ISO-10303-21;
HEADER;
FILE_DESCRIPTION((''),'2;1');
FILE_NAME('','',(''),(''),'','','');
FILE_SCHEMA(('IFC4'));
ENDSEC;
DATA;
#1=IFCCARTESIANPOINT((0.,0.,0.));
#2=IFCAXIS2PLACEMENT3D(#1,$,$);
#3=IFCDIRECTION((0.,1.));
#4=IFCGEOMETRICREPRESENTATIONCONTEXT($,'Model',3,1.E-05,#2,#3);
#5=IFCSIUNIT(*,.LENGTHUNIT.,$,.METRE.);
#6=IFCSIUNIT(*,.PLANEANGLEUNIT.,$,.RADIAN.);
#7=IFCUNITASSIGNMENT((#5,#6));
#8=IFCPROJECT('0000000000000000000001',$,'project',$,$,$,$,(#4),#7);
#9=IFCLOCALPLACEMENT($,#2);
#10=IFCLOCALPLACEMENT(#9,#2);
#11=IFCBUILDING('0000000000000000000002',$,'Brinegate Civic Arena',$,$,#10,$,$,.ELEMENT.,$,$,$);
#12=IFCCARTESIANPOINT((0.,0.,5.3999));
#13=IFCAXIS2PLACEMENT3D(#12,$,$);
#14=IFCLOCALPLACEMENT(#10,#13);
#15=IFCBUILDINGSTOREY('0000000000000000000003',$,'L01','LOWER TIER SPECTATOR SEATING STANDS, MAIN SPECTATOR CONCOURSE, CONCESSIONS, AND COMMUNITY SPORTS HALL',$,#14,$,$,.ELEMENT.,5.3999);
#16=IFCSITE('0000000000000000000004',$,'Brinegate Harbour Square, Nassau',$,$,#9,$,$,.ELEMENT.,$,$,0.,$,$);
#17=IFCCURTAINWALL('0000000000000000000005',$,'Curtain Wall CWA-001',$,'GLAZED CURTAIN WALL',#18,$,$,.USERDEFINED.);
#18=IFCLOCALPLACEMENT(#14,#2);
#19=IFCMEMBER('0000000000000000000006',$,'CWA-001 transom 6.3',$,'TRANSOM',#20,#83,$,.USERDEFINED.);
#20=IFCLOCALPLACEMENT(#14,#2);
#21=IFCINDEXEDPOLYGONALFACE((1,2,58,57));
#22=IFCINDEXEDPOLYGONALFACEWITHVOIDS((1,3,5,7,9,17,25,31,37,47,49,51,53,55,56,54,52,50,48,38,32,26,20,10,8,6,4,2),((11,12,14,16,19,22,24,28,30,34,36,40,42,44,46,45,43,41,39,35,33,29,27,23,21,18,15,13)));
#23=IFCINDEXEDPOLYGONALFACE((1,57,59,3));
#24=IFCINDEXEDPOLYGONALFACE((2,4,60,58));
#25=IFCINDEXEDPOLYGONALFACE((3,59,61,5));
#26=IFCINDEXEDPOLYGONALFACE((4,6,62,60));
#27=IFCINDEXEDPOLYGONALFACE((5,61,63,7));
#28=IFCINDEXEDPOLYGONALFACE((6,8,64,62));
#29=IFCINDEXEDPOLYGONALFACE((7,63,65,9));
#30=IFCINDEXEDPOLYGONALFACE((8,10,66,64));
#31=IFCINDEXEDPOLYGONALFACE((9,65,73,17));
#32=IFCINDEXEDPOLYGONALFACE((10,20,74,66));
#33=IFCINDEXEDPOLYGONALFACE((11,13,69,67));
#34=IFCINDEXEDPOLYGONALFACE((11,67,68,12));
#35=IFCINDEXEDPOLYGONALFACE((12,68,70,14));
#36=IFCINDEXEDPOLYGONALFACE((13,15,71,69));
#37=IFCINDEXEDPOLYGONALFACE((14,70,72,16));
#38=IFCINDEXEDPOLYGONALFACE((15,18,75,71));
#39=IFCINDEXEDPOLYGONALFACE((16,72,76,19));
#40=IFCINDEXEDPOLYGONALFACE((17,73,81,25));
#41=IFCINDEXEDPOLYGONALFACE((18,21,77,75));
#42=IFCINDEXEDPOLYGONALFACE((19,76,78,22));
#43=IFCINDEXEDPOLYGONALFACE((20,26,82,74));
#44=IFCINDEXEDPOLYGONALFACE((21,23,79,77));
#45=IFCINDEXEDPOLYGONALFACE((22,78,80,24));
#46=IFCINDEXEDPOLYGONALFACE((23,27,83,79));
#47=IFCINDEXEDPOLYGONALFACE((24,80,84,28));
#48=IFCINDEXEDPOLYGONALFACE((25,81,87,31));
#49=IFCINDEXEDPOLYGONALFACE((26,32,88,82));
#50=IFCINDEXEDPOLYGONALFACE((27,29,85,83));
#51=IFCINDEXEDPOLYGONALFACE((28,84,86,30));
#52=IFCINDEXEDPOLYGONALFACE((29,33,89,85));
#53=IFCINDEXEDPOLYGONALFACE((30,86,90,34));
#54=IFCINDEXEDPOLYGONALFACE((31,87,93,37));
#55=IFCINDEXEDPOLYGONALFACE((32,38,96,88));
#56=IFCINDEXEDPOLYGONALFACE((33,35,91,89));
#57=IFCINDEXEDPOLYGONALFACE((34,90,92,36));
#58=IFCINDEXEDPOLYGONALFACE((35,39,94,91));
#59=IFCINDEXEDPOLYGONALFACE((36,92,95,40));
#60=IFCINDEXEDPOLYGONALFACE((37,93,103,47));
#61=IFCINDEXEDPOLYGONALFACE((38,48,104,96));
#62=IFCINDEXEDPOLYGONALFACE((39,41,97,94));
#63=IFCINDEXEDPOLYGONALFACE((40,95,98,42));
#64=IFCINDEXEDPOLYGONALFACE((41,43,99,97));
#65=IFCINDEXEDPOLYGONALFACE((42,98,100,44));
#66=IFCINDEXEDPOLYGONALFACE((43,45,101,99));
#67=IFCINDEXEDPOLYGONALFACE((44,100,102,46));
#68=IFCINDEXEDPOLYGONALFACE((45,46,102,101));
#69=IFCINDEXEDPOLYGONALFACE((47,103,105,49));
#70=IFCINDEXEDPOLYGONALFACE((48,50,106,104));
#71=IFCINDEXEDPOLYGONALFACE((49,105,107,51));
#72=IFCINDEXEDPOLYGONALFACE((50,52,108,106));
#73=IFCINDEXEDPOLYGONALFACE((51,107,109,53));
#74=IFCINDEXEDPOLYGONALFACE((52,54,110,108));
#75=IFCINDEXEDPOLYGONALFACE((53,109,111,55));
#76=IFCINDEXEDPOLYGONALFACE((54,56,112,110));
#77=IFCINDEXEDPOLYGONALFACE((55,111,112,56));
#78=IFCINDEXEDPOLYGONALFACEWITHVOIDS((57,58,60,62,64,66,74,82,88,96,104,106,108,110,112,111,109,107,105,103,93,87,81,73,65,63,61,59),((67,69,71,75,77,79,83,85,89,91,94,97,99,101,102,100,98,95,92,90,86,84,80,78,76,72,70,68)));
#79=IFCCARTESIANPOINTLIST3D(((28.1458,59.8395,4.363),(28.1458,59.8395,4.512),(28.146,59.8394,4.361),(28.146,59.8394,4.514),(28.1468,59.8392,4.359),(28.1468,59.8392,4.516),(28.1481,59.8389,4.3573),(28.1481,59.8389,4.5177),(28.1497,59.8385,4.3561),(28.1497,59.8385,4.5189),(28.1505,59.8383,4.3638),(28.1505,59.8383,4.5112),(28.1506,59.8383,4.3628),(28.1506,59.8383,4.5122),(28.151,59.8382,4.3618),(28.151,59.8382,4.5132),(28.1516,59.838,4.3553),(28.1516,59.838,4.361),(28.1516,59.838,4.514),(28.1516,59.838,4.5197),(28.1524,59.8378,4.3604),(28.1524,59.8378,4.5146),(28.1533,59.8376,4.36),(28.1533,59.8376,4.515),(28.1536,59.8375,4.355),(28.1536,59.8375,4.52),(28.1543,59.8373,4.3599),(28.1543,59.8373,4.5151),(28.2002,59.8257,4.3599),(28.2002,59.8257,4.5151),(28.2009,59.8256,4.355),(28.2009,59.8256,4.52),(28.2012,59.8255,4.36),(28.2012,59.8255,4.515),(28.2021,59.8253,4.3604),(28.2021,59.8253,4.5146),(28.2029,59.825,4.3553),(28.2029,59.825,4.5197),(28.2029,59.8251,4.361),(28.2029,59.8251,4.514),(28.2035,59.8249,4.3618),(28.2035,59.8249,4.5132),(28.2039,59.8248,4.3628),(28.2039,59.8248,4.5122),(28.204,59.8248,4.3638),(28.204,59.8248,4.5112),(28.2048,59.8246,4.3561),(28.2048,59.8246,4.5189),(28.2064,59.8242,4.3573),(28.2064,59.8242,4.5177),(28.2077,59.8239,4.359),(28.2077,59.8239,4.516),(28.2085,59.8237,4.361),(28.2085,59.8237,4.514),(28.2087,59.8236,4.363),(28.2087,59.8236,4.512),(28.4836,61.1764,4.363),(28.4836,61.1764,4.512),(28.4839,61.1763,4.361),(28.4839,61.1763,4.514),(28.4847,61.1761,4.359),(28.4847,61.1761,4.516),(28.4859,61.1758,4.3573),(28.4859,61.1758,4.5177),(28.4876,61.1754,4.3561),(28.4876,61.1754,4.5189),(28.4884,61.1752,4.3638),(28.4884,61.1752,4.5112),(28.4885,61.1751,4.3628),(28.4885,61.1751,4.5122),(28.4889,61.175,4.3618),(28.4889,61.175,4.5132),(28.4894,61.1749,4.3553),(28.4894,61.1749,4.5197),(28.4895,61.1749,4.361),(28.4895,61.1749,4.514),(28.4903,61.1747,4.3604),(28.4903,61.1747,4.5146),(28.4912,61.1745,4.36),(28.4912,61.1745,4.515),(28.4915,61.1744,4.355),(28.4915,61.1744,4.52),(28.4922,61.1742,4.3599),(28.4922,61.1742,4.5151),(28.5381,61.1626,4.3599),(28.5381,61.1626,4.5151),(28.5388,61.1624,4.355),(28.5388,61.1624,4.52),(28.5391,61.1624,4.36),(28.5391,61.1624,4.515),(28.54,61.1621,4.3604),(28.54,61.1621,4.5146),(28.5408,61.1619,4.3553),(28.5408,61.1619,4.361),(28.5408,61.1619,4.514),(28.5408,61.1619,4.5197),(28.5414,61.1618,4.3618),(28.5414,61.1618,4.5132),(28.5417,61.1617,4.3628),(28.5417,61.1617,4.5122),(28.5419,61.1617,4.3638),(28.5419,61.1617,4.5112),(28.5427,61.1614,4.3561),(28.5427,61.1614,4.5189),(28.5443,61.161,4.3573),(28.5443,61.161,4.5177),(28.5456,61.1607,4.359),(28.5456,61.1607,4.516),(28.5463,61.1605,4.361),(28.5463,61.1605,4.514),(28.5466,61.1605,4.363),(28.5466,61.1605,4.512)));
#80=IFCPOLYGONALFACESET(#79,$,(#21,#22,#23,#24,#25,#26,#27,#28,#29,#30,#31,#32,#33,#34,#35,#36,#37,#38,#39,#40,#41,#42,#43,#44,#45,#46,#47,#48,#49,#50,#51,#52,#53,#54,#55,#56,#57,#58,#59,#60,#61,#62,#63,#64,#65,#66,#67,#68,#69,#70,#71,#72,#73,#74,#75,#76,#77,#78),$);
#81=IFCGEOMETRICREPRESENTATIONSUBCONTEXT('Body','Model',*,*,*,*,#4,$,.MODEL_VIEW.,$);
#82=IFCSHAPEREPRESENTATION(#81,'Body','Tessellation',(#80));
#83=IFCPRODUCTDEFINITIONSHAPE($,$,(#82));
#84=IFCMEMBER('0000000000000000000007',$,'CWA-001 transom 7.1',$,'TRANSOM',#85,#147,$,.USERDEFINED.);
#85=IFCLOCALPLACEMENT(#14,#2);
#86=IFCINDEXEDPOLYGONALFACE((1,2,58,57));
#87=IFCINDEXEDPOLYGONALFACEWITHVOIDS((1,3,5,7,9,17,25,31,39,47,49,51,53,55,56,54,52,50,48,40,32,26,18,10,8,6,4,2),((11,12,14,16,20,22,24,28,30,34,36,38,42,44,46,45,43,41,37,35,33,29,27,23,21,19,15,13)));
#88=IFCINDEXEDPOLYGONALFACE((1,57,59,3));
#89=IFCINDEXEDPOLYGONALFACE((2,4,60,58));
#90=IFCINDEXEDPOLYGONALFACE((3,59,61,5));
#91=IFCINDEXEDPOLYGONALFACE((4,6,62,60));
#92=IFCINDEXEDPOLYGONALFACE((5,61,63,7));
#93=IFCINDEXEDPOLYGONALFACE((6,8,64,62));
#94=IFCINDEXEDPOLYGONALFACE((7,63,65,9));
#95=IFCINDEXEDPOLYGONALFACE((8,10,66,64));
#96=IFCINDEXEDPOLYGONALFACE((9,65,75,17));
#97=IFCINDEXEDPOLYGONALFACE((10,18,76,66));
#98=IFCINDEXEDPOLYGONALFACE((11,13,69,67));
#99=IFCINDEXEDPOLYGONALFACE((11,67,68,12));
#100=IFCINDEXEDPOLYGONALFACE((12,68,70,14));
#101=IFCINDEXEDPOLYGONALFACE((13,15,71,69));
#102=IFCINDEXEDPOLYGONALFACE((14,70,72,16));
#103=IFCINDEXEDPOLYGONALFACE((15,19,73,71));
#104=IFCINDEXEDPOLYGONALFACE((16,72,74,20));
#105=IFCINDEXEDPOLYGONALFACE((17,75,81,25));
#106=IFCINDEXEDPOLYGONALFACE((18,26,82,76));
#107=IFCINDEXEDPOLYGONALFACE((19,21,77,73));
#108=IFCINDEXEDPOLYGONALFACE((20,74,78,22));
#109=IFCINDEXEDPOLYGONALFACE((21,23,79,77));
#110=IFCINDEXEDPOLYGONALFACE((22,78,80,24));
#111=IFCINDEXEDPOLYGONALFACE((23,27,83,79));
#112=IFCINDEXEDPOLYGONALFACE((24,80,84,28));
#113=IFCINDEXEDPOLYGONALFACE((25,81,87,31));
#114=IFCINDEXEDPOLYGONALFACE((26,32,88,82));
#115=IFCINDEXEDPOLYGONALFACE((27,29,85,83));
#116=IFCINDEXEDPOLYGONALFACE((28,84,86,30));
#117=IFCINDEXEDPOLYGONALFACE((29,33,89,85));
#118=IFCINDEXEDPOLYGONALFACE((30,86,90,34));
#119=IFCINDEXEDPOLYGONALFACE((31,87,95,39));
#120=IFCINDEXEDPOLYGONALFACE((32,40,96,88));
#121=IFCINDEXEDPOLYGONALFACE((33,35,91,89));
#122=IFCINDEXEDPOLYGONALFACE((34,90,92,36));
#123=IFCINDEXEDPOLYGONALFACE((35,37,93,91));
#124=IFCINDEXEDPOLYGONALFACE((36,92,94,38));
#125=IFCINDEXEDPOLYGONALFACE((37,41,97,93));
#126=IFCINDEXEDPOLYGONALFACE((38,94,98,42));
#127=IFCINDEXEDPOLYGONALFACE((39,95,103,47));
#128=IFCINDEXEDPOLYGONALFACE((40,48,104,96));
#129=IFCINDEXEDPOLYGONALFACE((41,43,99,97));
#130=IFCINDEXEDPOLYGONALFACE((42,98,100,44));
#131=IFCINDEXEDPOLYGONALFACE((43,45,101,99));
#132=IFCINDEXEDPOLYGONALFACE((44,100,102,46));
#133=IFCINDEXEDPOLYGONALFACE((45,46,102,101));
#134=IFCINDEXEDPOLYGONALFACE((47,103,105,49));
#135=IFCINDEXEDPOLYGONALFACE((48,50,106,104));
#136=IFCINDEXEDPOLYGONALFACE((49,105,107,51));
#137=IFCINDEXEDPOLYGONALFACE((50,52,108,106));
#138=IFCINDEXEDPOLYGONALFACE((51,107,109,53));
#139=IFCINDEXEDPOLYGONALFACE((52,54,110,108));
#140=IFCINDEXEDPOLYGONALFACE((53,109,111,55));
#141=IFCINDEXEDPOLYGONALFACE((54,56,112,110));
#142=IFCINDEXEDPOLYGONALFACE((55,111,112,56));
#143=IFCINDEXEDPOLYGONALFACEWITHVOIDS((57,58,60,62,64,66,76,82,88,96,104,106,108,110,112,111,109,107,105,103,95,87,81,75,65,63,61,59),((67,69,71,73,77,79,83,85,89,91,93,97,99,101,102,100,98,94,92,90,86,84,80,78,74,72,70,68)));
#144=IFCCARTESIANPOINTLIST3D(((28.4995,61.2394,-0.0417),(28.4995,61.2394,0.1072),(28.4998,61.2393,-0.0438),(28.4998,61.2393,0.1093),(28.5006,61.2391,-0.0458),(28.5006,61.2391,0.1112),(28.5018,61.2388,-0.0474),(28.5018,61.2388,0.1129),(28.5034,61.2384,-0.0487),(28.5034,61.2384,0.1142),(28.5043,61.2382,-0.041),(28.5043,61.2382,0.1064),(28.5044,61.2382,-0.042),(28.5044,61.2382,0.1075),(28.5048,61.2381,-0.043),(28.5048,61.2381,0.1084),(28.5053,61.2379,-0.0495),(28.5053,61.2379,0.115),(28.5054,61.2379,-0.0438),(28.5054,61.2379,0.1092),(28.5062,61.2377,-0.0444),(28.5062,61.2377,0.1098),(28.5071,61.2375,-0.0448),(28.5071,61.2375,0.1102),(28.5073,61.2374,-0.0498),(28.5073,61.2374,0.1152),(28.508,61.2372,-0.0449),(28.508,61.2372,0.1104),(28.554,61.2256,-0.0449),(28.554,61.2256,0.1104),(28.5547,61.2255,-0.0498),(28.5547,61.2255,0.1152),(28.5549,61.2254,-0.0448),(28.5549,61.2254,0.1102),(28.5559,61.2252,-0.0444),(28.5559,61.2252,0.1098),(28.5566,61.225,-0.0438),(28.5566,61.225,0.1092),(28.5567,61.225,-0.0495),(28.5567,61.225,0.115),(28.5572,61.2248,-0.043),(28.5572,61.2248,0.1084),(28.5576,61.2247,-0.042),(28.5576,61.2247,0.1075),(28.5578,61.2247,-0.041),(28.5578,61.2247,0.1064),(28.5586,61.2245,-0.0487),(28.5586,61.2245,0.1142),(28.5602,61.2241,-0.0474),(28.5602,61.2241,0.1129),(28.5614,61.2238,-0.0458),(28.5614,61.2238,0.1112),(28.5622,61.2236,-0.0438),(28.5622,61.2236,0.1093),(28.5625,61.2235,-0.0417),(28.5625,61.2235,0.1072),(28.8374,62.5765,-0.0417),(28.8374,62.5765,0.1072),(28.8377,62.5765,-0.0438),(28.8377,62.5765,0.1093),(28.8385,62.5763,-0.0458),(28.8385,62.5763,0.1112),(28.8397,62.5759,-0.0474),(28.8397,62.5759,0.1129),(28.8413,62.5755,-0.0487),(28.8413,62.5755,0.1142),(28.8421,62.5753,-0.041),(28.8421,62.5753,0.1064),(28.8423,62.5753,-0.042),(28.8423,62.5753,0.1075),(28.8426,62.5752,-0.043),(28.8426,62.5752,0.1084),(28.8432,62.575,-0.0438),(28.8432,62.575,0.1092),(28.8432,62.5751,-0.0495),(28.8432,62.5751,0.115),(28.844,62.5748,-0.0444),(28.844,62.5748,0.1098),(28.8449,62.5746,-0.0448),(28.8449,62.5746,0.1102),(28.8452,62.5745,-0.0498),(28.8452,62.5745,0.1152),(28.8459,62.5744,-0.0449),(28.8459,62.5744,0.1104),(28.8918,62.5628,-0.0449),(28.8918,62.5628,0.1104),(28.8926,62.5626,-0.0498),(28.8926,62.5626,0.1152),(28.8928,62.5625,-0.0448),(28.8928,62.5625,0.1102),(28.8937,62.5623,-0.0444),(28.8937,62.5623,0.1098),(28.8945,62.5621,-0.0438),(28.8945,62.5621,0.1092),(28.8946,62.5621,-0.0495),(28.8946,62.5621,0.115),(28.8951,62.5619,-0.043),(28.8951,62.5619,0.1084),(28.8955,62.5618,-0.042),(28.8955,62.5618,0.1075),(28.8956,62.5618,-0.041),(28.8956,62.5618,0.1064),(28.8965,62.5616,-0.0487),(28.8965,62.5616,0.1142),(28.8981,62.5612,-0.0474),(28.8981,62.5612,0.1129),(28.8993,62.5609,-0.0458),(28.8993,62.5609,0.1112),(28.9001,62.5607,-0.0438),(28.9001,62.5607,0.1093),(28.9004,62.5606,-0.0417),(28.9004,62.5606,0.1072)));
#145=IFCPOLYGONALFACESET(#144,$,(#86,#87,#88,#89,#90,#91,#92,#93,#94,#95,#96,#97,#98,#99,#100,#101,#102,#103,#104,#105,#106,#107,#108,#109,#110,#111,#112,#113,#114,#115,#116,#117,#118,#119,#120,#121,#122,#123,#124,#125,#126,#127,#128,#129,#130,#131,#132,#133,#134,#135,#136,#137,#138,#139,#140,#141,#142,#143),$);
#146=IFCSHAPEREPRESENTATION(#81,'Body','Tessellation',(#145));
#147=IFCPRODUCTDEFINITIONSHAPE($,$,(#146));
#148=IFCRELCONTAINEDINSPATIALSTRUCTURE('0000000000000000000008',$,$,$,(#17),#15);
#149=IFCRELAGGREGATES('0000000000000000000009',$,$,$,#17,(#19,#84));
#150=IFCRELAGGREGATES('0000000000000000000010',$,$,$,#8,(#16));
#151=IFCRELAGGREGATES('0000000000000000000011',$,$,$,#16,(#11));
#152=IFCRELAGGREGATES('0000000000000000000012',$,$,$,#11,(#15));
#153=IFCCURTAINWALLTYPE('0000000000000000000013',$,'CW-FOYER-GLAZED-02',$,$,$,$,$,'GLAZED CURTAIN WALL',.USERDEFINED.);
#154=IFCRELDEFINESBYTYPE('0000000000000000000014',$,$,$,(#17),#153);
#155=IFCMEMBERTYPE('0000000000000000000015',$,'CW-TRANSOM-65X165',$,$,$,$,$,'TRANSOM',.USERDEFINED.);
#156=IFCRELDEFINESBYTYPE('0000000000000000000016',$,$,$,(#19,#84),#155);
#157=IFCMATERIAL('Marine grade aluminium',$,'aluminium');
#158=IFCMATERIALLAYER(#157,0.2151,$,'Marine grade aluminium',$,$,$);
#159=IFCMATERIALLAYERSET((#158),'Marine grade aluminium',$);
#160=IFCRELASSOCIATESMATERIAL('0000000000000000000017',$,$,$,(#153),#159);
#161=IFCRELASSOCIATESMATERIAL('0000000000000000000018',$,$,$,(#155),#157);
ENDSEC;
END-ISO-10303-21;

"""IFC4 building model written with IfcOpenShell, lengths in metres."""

from ifc_helpers import new_model, si_unit, direction, frame, origin, origin_2d, place, context, subcontext, project, spatial, hollow_rectangle, extrude, material, layer, layer_set, material_profile, profile_set, type_object, element, aggregate, save


model = new_model("IFC4")

# Units and contexts
model_context = context("Model", 3, precision=1e-05, world=origin(), true_north=direction((0.0, 1.0)))
body_context = subcontext(model_context, "Body", "Model", "MODEL_VIEW")
ifc_project = project(units=[si_unit("LENGTHUNIT", "METRE"), si_unit("PLANEANGLEUNIT", "RADIAN")], contexts=[model_context])

# Site, building, storey
site_placement = place(None, origin())
site = spatial("IfcSite", under=ifc_project, at=site_placement, Name="Brinegate Harbour Square, Nassau", CompositionType="ELEMENT", RefElevation=0.0)
building_placement = place(site_placement, origin())
building = spatial("IfcBuilding", under=site, at=building_placement, Name="Brinegate Civic Arena", CompositionType="ELEMENT")
storey_placement = place(building_placement, frame((0.0, 0.0, 5.3999)))
storey = spatial("IfcBuildingStorey", under=building, at=storey_placement, Name="L01", Description="LOWER TIER SPECTATOR SEATING STANDS, MAIN SPECTATOR CONCOURSE, CONCESSIONS, AND COMMUNITY SPORTS HALL", CompositionType="ELEMENT", Elevation=5.3999)

# Curtain wall, members
ifc_material_1 = material(Name="Marine grade aluminium", Category="aluminium")
ifc_layer_1 = layer(ifc_material_1, 0.2151, Name="Marine grade aluminium")
ifc_layer_set_1 = layer_set([ifc_layer_1], Name="Marine grade aluminium")
curtain_wall_type = type_object("IfcCurtainWallType", Name="CW-FOYER-GLAZED-02", ElementType="GLAZED CURTAIN WALL", PredefinedType="USERDEFINED", material=ifc_layer_set_1)
curtain_wall_placement = place(storey_placement, origin())
curtain_wall = element("IfcCurtainWall", 1, at=curtain_wall_placement, inside=storey, type_object=curtain_wall_type, Name="Curtain Wall CWA-001", ObjectType="GLAZED CURTAIN WALL", PredefinedType="USERDEFINED")
ifc_material_profile_1 = material_profile(ifc_material_1, hollow_rectangle(XDim=0.0649, YDim=0.165, WallThickness=0.0049, InnerFilletRadius=0.0039, OuterFilletRadius=0.0081, at=origin_2d()), Name="TRN65X165")
ifc_profile_set_1 = profile_set([ifc_material_profile_1], Name="Marine grade aluminium")
member_type_1 = type_object("IfcMemberType", Name="CW-TRANSOM-65X165", ElementType="TRANSOM", PredefinedType="USERDEFINED", material=ifc_profile_set_1)
member_1_placement = place(storey_placement, frame((28.1772, 59.8315, 4.4375), z_axis=(0.245034, 0.969514, 0.0), x_axis=(-0.969514, 0.245034, 0.0)))
member_1 = element("IfcMember", 2, at=member_1_placement, type_object=member_type_1, Name="CWA-001 transom 6.3", ObjectType="TRANSOM", PredefinedType="USERDEFINED", context=body_context, shape_type="SweptSolid", body=[
    extrude(hollow_rectangle(XDim=0.0649, YDim=0.165, WallThickness=0.0049, InnerFilletRadius=0.0039, OuterFilletRadius=0.0081, at=origin_2d()), origin(), (0.0, 0.0, 1.0), 1.3789),
])
member_2_placement = place(storey_placement, frame((28.531, 61.2314, 0.0327), z_axis=(0.244992, 0.969525, 0.0), x_axis=(-0.969525, 0.244992, 0.0)))
member_2 = element("IfcMember", 3, at=member_2_placement, type_object=member_type_1, Name="CWA-001 transom 7.1", ObjectType="TRANSOM", PredefinedType="USERDEFINED", context=body_context, shape_type="SweptSolid", body=[
    extrude(hollow_rectangle(XDim=0.0649, YDim=0.165, WallThickness=0.0049, InnerFilletRadius=0.0039, OuterFilletRadius=0.0081, at=origin_2d()), origin(), (0.0, 0.0, 1.0), 1.3792),
])
aggregate(curtain_wall, [member_1, member_2])

save(model, "model.ifc")
